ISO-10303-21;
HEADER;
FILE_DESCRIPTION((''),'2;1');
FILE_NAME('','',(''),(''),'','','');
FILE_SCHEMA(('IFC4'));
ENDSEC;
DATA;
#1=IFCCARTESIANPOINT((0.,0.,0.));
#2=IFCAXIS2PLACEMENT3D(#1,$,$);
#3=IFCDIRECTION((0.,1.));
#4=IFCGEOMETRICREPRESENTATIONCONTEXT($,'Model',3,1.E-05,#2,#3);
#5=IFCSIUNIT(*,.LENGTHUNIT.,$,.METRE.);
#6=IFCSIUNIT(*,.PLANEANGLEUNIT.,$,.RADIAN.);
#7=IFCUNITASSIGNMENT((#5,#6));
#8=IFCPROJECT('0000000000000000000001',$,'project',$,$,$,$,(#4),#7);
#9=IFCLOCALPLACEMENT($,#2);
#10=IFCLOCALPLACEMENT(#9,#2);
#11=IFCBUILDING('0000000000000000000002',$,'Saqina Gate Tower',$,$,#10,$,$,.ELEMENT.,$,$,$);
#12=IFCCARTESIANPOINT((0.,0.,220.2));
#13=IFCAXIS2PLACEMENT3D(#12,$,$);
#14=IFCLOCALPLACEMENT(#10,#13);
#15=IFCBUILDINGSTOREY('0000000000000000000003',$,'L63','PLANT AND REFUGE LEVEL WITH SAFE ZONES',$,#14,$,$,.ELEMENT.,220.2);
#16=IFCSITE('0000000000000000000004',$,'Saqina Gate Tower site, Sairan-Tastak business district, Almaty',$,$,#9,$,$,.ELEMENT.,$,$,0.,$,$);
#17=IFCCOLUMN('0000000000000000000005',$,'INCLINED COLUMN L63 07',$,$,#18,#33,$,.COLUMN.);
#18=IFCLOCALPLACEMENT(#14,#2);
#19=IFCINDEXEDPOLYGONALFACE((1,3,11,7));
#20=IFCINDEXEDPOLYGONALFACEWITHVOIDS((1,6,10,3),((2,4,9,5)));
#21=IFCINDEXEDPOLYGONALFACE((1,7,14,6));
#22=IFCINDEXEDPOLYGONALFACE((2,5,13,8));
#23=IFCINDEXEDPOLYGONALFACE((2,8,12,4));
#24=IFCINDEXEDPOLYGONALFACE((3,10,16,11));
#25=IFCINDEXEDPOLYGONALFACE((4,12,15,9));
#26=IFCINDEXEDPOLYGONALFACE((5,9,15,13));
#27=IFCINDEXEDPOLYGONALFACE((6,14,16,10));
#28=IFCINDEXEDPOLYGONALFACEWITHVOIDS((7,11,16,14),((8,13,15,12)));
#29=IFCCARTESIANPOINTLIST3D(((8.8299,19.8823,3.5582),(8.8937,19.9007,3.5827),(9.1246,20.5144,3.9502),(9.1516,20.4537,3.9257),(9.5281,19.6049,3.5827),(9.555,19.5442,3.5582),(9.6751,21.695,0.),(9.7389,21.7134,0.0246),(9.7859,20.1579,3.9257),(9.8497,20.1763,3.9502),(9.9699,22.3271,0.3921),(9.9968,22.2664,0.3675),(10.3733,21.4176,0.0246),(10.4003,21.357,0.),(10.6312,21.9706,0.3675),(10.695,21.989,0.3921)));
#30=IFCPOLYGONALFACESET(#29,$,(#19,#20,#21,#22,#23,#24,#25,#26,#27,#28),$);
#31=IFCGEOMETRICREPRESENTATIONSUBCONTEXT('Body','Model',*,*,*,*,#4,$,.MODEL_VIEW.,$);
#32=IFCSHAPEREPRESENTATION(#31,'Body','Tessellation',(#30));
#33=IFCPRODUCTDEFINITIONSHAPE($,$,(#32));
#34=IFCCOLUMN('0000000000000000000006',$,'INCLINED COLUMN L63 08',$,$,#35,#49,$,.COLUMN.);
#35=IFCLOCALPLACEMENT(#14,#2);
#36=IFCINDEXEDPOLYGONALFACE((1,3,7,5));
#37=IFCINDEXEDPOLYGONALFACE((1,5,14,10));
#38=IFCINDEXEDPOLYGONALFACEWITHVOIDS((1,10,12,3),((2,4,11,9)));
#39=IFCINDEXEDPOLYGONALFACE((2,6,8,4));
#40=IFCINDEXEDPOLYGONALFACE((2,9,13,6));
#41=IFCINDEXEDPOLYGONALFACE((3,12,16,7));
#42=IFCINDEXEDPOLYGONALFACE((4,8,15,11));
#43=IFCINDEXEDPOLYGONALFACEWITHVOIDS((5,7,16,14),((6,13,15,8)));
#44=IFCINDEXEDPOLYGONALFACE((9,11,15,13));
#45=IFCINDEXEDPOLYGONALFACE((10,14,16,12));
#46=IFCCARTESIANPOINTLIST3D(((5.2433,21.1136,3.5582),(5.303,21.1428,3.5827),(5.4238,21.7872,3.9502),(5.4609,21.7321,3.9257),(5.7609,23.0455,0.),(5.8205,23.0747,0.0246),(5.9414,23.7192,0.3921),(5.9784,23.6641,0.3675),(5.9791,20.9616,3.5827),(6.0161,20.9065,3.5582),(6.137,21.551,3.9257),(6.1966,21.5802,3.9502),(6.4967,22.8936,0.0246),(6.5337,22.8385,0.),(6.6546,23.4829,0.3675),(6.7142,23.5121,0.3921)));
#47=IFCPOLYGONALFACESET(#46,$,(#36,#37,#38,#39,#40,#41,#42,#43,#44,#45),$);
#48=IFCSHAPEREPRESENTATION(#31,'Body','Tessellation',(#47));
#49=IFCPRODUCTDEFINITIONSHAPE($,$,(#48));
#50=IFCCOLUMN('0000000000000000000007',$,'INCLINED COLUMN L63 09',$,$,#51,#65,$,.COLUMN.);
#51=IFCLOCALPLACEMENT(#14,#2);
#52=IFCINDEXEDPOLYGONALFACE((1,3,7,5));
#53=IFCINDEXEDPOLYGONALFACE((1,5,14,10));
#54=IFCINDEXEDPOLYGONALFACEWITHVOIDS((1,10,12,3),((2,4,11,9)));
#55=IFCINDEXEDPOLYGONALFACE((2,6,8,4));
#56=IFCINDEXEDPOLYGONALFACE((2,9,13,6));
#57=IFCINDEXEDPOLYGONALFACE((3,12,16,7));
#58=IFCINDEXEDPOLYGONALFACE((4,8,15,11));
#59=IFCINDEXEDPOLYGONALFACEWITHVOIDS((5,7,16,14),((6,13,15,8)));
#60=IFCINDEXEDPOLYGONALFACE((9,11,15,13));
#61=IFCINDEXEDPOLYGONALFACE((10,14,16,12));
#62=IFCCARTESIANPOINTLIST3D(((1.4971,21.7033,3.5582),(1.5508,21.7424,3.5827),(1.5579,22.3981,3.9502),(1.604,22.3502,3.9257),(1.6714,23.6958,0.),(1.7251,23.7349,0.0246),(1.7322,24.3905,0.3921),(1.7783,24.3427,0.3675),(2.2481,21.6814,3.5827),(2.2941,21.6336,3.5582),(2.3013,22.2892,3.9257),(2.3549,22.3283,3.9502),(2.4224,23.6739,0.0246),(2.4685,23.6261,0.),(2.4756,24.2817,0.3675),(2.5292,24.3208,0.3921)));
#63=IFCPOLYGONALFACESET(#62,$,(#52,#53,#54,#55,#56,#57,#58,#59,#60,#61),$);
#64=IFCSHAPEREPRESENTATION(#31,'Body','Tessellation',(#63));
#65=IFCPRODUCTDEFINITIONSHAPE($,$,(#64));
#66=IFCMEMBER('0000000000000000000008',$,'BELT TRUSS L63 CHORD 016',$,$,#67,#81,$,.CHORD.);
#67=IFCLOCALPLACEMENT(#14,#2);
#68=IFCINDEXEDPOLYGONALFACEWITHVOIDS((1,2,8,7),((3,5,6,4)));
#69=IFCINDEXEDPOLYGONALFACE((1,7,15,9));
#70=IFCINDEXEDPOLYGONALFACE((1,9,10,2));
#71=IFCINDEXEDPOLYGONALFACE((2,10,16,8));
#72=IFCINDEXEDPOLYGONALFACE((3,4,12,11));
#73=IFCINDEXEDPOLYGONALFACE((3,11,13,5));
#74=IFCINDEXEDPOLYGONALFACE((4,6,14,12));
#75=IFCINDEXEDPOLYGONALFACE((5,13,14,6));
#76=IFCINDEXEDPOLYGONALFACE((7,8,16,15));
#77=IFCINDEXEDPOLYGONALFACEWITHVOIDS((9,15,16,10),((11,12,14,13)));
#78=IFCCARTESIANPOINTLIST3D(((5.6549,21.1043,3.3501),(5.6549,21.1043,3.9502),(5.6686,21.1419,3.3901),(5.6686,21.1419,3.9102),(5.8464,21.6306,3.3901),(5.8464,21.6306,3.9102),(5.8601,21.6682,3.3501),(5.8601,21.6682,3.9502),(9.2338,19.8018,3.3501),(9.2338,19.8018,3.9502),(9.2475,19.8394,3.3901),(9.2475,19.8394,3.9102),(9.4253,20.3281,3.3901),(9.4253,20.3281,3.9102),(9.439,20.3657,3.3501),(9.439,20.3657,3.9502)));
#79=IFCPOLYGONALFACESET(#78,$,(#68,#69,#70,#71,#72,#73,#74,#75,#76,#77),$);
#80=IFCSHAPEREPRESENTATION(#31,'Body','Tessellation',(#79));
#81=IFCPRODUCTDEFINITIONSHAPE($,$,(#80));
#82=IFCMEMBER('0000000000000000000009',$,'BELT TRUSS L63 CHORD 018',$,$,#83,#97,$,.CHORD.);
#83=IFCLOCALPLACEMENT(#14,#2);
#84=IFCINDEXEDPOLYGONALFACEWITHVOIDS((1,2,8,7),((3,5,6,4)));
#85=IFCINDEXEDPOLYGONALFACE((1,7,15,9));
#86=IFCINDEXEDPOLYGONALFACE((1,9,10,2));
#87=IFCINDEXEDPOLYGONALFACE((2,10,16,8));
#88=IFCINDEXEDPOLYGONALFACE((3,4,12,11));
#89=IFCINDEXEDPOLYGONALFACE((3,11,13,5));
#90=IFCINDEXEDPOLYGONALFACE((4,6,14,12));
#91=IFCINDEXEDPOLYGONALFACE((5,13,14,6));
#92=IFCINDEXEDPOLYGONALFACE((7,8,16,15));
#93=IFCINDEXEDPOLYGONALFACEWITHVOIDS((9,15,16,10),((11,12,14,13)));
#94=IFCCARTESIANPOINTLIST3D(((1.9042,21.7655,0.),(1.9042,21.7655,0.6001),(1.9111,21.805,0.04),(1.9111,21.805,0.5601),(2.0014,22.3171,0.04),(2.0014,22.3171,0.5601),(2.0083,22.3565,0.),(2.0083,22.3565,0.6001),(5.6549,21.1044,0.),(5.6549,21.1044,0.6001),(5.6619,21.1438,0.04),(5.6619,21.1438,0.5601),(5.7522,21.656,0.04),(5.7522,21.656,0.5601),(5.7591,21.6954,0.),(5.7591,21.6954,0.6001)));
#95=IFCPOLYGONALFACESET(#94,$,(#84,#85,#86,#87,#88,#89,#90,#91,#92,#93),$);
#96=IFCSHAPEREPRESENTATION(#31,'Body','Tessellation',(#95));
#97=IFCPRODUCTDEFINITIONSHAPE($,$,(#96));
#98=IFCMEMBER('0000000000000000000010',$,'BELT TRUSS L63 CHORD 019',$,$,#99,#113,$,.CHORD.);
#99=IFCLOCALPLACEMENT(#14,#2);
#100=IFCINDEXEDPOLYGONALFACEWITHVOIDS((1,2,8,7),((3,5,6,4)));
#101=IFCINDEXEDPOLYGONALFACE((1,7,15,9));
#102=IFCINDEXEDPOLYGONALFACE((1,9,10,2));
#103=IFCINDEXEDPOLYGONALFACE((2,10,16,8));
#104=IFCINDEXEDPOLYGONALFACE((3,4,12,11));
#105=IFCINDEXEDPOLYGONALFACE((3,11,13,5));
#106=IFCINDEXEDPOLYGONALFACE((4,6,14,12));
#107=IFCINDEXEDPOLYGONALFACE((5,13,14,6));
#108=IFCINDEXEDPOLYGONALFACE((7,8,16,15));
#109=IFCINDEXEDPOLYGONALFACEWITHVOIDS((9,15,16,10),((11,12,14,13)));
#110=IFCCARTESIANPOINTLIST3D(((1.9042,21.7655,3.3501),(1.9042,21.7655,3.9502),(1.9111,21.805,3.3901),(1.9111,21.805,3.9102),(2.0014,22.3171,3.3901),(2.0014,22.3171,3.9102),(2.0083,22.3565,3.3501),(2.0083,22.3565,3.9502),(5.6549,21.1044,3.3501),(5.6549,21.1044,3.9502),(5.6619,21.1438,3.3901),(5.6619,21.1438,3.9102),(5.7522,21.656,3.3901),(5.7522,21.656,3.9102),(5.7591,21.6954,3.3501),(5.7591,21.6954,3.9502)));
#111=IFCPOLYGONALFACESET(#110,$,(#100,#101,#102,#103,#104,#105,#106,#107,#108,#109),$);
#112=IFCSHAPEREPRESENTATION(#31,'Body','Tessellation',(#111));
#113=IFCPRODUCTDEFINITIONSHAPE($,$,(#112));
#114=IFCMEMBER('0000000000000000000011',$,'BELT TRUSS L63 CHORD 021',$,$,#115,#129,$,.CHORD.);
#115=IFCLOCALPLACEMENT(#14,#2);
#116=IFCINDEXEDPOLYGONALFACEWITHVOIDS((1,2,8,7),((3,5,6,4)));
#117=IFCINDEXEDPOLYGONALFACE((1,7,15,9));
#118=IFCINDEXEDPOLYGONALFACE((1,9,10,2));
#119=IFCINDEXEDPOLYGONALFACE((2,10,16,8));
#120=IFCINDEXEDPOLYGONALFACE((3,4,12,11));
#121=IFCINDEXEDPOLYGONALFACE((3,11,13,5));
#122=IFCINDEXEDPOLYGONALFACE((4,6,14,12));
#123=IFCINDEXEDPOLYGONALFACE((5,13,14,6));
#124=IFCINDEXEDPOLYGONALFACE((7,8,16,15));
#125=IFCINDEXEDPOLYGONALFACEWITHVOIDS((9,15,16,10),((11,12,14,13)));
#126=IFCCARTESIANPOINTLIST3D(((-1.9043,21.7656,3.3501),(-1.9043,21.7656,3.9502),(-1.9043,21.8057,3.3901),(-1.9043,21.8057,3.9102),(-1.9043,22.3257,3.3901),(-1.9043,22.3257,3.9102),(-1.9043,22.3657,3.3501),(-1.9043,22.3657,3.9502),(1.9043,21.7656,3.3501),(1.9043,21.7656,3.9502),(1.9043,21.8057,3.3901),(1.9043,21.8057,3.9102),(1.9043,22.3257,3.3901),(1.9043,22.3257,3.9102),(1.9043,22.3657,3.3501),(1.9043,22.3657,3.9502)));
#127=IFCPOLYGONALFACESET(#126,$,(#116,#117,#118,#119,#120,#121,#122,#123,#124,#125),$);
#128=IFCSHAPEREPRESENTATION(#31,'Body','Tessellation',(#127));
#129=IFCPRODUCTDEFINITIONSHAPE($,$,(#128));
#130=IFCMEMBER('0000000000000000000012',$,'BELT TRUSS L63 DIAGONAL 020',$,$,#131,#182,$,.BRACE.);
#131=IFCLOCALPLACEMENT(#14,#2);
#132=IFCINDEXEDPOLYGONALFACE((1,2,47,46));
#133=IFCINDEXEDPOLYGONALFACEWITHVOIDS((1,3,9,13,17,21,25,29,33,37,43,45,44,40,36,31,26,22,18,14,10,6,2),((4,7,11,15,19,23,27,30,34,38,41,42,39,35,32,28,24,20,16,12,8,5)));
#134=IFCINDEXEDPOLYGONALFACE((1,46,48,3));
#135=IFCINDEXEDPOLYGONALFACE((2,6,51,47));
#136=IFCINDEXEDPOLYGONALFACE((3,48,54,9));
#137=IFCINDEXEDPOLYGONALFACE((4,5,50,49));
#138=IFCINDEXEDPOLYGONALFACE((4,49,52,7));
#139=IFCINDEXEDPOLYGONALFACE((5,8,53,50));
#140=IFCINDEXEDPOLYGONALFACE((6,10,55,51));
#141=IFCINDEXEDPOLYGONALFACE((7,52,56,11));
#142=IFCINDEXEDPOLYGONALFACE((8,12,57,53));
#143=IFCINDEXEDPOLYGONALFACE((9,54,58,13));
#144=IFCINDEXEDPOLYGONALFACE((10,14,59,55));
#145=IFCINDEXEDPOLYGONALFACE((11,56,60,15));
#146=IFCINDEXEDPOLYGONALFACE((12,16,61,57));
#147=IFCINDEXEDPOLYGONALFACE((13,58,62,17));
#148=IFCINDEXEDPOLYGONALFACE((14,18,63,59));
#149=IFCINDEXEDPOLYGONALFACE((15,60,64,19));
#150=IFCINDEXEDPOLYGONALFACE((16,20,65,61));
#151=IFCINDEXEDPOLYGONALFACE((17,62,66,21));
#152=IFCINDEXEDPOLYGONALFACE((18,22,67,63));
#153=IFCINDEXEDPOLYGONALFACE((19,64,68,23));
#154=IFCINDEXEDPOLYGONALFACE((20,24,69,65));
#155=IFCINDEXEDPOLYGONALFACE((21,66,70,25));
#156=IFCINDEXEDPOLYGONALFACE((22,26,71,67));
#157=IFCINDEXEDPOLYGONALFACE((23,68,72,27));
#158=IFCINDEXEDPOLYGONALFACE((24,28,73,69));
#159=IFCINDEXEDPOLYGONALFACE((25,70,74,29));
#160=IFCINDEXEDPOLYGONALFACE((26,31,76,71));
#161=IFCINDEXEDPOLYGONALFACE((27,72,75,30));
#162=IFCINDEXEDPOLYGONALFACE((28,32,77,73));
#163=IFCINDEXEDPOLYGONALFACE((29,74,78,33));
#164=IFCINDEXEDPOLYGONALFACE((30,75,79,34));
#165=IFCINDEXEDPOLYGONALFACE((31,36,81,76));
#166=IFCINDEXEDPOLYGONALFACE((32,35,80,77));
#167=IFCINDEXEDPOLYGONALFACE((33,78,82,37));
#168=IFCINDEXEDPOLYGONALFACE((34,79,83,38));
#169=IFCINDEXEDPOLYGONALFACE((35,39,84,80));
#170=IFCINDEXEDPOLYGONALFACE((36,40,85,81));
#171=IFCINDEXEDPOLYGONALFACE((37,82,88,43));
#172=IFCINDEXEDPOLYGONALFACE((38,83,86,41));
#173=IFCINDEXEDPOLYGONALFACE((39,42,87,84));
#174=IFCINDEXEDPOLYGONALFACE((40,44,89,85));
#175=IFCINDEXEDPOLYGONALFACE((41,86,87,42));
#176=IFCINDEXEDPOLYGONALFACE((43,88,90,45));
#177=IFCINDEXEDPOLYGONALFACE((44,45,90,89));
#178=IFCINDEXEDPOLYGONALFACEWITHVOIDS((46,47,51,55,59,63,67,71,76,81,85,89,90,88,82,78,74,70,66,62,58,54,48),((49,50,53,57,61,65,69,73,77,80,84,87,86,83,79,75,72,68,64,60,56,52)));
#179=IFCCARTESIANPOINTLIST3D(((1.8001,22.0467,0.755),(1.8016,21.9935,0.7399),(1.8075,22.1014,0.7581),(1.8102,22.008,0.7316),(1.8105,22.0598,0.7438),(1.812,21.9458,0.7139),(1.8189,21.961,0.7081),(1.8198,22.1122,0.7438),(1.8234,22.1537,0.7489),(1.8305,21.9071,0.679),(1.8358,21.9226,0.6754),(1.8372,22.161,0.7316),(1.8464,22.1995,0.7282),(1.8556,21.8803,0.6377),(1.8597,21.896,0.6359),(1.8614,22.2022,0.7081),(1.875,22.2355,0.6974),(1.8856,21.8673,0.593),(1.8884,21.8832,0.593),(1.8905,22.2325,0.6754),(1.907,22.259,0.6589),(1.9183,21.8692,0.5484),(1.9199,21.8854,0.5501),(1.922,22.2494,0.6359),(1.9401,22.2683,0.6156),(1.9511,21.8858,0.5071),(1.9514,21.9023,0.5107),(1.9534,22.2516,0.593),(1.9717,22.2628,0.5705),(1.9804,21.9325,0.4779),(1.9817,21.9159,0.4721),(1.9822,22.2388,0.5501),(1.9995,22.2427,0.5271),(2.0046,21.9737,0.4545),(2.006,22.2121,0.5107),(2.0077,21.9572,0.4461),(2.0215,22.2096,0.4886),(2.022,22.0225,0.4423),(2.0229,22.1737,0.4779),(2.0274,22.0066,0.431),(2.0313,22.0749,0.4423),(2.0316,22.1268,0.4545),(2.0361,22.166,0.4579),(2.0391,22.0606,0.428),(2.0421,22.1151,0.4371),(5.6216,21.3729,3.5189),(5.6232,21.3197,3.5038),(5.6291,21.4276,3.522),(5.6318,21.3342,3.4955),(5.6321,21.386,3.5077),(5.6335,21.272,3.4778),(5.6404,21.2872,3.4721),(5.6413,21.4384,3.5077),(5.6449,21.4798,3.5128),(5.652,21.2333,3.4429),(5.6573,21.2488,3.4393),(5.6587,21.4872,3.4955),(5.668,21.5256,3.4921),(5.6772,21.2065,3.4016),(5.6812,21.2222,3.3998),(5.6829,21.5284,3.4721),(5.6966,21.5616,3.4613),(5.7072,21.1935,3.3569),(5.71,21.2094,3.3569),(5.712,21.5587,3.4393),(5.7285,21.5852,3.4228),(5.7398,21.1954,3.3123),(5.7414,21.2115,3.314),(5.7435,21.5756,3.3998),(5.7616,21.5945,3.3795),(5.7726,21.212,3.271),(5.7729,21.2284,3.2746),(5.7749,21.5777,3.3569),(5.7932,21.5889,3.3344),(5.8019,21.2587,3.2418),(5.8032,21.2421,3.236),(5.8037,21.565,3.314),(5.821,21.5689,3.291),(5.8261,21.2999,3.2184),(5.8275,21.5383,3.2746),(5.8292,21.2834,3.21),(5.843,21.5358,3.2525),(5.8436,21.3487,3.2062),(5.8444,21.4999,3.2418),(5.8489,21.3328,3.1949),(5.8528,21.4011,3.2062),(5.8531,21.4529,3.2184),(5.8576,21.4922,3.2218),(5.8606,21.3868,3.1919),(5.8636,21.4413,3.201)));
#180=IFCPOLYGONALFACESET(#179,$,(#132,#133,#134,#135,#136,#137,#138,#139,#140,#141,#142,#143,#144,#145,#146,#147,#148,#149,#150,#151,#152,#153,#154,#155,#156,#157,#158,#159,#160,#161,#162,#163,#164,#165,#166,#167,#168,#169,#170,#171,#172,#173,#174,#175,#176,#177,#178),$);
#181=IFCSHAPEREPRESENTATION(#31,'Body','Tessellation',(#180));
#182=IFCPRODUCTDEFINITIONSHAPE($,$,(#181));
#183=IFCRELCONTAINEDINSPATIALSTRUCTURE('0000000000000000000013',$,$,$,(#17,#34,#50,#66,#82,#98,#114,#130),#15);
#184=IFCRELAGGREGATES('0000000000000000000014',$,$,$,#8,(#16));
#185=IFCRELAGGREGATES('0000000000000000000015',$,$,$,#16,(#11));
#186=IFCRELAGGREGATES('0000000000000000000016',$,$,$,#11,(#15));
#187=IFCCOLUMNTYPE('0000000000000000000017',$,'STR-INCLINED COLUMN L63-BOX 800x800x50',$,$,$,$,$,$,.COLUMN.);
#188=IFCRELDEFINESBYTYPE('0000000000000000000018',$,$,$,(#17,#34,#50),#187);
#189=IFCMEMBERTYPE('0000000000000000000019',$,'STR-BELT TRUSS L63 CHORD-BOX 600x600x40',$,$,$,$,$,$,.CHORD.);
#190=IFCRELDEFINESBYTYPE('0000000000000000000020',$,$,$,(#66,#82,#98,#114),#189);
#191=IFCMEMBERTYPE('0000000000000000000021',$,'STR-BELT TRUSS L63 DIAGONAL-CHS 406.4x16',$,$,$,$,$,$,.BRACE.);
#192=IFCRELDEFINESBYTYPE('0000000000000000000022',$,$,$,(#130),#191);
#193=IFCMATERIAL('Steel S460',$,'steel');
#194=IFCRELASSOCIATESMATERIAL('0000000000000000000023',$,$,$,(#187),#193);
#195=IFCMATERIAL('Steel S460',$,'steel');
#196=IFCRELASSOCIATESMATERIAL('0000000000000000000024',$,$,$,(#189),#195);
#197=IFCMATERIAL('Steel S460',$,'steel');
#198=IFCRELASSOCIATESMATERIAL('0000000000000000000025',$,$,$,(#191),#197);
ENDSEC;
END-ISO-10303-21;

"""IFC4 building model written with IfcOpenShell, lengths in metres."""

from ifc_helpers import new_model, si_unit, direction, frame, origin, origin_2d, place, context, subcontext, project, spatial, hollow_rectangle, hollow_circle, extrude, material, material_profile, profile_set, type_object, element, save


model = new_model("IFC4")

# Units and contexts
model_context = context("Model", 3, precision=1e-05, world=origin(), true_north=direction((0.0, 1.0)))
body_context = subcontext(model_context, "Body", "Model", "MODEL_VIEW")
ifc_project = project(units=[si_unit("LENGTHUNIT", "METRE"), si_unit("PLANEANGLEUNIT", "RADIAN")], contexts=[model_context])

# Site, building, storey
site_placement = place(None, origin())
site = spatial("IfcSite", under=ifc_project, at=site_placement, Name="Saqina Gate Tower site, Sairan-Tastak business district, Almaty", CompositionType="ELEMENT", RefElevation=0.0)
building_placement = place(site_placement, origin())
building = spatial("IfcBuilding", under=site, at=building_placement, Name="Saqina Gate Tower", CompositionType="ELEMENT")
storey_placement = place(building_placement, frame((0.0, 0.0, 220.2)))
storey = spatial("IfcBuildingStorey", under=building, at=storey_placement, Name="L63", Description="PLANT AND REFUGE LEVEL WITH SAFE ZONES", CompositionType="ELEMENT", Elevation=220.2)

# Columns
ifc_material_1 = material(Name="Steel S460", Category="steel")
ifc_material_profile_1 = material_profile(ifc_material_1, hollow_rectangle(XDim=0.8, YDim=0.8, WallThickness=0.05, at=origin_2d()), Name="BOX 800x800x50")
ifc_profile_set_1 = profile_set([ifc_material_profile_1], Name="Steel S460")
column_type = type_object("IfcColumnType", Name="STR-INCLINED COLUMN L63-BOX 800x800x50", PredefinedType="COLUMN", material=ifc_profile_set_1)
for number, where, z_axis, x_axis, name in (
    (1, (10.1851, 21.842, 0.196), (-0.207073, -0.444111, 0.871714), (0.906323, -0.422585, 0.0), "INCLINED COLUMN L63 07"),
    (2, (6.2375, 23.2788, 0.196), (-0.126805, -0.473305, 0.871724), (0.965934, -0.258787, 0.0), "INCLINED COLUMN L63 08"),
    (3, (2.1003, 24.0083, 0.196), (-0.042707, -0.488138, 0.871721), (0.996195, -0.087156, 0.0), "INCLINED COLUMN L63 09"),
):
    element("IfcColumn", number, at=place(storey_placement, frame(where, z_axis=z_axis, x_axis=x_axis)), inside=storey, type_object=column_type, Name=name, PredefinedType="COLUMN", context=body_context, shape_type="SweptSolid", body=[
        extrude(hollow_rectangle(XDim=0.8, YDim=0.8, WallThickness=0.05, at=origin_2d()), origin(), (0.0, 0.0, 1.0), 4.0818),
    ])

# Members
ifc_material_2 = material(Name="Steel S460", Category="steel")
ifc_material_profile_2 = material_profile(ifc_material_2, hollow_rectangle(XDim=0.6001, YDim=0.6001, WallThickness=0.04, at=origin_2d()), Name="BOX 600x600x40")
ifc_profile_set_2 = profile_set([ifc_material_profile_2], Name="Steel S460")
member_type_1 = type_object("IfcMemberType", Name="STR-BELT TRUSS L63 CHORD-BOX 600x600x40", PredefinedType="CHORD", material=ifc_profile_set_2)
for number, where, z_axis, x_axis, name in (
    (4, (9.3364, 20.0837, 3.6501), (-0.939702, 0.341995, 0.0), (-0.341995, -0.939702, 0.0), "BELT TRUSS L63 CHORD 016"),
    (5, (5.707, 21.3999, 0.3), (-0.984818, 0.173592, 0.0), (-0.173592, -0.984818, 0.0), "BELT TRUSS L63 CHORD 018"),
    (6, (5.707, 21.3999, 3.6501), (-0.984818, 0.173592, 0.0), (-0.173592, -0.984818, 0.0), "BELT TRUSS L63 CHORD 019"),
    (7, (1.9043, 22.0657, 3.6501), (-1.0, 0.0, 0.0), (0.0, -1.0, 0.0), "BELT TRUSS L63 CHORD 021"),
):
    element("IfcMember", number, at=place(storey_placement, frame(where, z_axis=z_axis, x_axis=x_axis)), inside=storey, type_object=member_type_1, Name=name, PredefinedType="CHORD", context=body_context, shape_type="SweptSolid", body=[
        extrude(hollow_rectangle(XDim=0.6001, YDim=0.6001, WallThickness=0.04, at=origin_2d()), origin(), (0.0, 0.0, 1.0), 3.8086),
    ])
ifc_material_3 = material(Name="Steel S460", Category="steel")
ifc_material_profile_3 = material_profile(ifc_material_3, hollow_circle(Radius=0.2031, WallThickness=0.0161, at=origin_2d()), Name="CHS 406.4x16")
ifc_profile_set_3 = profile_set([ifc_material_profile_3], Name="Steel S460")
member_type_2 = type_object("IfcMemberType", Name="STR-BELT TRUSS L63 DIAGONAL-CHS 406.4x16", PredefinedType="BRACE", material=ifc_profile_set_3)
member_placement = place(storey_placement, frame((5.7424, 21.3936, 3.3569), z_axis=(-0.802139, 0.141436, -0.580145), x_axis=(-0.173645, -0.984808, 0.0)))
element("IfcMember", 8, at=member_placement, inside=storey, type_object=member_type_2, Name="BELT TRUSS L63 DIAGONAL 020", PredefinedType="BRACE", context=body_context, shape_type="SweptSolid", body=[
    extrude(hollow_circle(Radius=0.2031, WallThickness=0.0161, at=origin_2d()), origin(), (0.0, 0.0, 1.0), 4.7642),
])

save(model, "model.ifc")
